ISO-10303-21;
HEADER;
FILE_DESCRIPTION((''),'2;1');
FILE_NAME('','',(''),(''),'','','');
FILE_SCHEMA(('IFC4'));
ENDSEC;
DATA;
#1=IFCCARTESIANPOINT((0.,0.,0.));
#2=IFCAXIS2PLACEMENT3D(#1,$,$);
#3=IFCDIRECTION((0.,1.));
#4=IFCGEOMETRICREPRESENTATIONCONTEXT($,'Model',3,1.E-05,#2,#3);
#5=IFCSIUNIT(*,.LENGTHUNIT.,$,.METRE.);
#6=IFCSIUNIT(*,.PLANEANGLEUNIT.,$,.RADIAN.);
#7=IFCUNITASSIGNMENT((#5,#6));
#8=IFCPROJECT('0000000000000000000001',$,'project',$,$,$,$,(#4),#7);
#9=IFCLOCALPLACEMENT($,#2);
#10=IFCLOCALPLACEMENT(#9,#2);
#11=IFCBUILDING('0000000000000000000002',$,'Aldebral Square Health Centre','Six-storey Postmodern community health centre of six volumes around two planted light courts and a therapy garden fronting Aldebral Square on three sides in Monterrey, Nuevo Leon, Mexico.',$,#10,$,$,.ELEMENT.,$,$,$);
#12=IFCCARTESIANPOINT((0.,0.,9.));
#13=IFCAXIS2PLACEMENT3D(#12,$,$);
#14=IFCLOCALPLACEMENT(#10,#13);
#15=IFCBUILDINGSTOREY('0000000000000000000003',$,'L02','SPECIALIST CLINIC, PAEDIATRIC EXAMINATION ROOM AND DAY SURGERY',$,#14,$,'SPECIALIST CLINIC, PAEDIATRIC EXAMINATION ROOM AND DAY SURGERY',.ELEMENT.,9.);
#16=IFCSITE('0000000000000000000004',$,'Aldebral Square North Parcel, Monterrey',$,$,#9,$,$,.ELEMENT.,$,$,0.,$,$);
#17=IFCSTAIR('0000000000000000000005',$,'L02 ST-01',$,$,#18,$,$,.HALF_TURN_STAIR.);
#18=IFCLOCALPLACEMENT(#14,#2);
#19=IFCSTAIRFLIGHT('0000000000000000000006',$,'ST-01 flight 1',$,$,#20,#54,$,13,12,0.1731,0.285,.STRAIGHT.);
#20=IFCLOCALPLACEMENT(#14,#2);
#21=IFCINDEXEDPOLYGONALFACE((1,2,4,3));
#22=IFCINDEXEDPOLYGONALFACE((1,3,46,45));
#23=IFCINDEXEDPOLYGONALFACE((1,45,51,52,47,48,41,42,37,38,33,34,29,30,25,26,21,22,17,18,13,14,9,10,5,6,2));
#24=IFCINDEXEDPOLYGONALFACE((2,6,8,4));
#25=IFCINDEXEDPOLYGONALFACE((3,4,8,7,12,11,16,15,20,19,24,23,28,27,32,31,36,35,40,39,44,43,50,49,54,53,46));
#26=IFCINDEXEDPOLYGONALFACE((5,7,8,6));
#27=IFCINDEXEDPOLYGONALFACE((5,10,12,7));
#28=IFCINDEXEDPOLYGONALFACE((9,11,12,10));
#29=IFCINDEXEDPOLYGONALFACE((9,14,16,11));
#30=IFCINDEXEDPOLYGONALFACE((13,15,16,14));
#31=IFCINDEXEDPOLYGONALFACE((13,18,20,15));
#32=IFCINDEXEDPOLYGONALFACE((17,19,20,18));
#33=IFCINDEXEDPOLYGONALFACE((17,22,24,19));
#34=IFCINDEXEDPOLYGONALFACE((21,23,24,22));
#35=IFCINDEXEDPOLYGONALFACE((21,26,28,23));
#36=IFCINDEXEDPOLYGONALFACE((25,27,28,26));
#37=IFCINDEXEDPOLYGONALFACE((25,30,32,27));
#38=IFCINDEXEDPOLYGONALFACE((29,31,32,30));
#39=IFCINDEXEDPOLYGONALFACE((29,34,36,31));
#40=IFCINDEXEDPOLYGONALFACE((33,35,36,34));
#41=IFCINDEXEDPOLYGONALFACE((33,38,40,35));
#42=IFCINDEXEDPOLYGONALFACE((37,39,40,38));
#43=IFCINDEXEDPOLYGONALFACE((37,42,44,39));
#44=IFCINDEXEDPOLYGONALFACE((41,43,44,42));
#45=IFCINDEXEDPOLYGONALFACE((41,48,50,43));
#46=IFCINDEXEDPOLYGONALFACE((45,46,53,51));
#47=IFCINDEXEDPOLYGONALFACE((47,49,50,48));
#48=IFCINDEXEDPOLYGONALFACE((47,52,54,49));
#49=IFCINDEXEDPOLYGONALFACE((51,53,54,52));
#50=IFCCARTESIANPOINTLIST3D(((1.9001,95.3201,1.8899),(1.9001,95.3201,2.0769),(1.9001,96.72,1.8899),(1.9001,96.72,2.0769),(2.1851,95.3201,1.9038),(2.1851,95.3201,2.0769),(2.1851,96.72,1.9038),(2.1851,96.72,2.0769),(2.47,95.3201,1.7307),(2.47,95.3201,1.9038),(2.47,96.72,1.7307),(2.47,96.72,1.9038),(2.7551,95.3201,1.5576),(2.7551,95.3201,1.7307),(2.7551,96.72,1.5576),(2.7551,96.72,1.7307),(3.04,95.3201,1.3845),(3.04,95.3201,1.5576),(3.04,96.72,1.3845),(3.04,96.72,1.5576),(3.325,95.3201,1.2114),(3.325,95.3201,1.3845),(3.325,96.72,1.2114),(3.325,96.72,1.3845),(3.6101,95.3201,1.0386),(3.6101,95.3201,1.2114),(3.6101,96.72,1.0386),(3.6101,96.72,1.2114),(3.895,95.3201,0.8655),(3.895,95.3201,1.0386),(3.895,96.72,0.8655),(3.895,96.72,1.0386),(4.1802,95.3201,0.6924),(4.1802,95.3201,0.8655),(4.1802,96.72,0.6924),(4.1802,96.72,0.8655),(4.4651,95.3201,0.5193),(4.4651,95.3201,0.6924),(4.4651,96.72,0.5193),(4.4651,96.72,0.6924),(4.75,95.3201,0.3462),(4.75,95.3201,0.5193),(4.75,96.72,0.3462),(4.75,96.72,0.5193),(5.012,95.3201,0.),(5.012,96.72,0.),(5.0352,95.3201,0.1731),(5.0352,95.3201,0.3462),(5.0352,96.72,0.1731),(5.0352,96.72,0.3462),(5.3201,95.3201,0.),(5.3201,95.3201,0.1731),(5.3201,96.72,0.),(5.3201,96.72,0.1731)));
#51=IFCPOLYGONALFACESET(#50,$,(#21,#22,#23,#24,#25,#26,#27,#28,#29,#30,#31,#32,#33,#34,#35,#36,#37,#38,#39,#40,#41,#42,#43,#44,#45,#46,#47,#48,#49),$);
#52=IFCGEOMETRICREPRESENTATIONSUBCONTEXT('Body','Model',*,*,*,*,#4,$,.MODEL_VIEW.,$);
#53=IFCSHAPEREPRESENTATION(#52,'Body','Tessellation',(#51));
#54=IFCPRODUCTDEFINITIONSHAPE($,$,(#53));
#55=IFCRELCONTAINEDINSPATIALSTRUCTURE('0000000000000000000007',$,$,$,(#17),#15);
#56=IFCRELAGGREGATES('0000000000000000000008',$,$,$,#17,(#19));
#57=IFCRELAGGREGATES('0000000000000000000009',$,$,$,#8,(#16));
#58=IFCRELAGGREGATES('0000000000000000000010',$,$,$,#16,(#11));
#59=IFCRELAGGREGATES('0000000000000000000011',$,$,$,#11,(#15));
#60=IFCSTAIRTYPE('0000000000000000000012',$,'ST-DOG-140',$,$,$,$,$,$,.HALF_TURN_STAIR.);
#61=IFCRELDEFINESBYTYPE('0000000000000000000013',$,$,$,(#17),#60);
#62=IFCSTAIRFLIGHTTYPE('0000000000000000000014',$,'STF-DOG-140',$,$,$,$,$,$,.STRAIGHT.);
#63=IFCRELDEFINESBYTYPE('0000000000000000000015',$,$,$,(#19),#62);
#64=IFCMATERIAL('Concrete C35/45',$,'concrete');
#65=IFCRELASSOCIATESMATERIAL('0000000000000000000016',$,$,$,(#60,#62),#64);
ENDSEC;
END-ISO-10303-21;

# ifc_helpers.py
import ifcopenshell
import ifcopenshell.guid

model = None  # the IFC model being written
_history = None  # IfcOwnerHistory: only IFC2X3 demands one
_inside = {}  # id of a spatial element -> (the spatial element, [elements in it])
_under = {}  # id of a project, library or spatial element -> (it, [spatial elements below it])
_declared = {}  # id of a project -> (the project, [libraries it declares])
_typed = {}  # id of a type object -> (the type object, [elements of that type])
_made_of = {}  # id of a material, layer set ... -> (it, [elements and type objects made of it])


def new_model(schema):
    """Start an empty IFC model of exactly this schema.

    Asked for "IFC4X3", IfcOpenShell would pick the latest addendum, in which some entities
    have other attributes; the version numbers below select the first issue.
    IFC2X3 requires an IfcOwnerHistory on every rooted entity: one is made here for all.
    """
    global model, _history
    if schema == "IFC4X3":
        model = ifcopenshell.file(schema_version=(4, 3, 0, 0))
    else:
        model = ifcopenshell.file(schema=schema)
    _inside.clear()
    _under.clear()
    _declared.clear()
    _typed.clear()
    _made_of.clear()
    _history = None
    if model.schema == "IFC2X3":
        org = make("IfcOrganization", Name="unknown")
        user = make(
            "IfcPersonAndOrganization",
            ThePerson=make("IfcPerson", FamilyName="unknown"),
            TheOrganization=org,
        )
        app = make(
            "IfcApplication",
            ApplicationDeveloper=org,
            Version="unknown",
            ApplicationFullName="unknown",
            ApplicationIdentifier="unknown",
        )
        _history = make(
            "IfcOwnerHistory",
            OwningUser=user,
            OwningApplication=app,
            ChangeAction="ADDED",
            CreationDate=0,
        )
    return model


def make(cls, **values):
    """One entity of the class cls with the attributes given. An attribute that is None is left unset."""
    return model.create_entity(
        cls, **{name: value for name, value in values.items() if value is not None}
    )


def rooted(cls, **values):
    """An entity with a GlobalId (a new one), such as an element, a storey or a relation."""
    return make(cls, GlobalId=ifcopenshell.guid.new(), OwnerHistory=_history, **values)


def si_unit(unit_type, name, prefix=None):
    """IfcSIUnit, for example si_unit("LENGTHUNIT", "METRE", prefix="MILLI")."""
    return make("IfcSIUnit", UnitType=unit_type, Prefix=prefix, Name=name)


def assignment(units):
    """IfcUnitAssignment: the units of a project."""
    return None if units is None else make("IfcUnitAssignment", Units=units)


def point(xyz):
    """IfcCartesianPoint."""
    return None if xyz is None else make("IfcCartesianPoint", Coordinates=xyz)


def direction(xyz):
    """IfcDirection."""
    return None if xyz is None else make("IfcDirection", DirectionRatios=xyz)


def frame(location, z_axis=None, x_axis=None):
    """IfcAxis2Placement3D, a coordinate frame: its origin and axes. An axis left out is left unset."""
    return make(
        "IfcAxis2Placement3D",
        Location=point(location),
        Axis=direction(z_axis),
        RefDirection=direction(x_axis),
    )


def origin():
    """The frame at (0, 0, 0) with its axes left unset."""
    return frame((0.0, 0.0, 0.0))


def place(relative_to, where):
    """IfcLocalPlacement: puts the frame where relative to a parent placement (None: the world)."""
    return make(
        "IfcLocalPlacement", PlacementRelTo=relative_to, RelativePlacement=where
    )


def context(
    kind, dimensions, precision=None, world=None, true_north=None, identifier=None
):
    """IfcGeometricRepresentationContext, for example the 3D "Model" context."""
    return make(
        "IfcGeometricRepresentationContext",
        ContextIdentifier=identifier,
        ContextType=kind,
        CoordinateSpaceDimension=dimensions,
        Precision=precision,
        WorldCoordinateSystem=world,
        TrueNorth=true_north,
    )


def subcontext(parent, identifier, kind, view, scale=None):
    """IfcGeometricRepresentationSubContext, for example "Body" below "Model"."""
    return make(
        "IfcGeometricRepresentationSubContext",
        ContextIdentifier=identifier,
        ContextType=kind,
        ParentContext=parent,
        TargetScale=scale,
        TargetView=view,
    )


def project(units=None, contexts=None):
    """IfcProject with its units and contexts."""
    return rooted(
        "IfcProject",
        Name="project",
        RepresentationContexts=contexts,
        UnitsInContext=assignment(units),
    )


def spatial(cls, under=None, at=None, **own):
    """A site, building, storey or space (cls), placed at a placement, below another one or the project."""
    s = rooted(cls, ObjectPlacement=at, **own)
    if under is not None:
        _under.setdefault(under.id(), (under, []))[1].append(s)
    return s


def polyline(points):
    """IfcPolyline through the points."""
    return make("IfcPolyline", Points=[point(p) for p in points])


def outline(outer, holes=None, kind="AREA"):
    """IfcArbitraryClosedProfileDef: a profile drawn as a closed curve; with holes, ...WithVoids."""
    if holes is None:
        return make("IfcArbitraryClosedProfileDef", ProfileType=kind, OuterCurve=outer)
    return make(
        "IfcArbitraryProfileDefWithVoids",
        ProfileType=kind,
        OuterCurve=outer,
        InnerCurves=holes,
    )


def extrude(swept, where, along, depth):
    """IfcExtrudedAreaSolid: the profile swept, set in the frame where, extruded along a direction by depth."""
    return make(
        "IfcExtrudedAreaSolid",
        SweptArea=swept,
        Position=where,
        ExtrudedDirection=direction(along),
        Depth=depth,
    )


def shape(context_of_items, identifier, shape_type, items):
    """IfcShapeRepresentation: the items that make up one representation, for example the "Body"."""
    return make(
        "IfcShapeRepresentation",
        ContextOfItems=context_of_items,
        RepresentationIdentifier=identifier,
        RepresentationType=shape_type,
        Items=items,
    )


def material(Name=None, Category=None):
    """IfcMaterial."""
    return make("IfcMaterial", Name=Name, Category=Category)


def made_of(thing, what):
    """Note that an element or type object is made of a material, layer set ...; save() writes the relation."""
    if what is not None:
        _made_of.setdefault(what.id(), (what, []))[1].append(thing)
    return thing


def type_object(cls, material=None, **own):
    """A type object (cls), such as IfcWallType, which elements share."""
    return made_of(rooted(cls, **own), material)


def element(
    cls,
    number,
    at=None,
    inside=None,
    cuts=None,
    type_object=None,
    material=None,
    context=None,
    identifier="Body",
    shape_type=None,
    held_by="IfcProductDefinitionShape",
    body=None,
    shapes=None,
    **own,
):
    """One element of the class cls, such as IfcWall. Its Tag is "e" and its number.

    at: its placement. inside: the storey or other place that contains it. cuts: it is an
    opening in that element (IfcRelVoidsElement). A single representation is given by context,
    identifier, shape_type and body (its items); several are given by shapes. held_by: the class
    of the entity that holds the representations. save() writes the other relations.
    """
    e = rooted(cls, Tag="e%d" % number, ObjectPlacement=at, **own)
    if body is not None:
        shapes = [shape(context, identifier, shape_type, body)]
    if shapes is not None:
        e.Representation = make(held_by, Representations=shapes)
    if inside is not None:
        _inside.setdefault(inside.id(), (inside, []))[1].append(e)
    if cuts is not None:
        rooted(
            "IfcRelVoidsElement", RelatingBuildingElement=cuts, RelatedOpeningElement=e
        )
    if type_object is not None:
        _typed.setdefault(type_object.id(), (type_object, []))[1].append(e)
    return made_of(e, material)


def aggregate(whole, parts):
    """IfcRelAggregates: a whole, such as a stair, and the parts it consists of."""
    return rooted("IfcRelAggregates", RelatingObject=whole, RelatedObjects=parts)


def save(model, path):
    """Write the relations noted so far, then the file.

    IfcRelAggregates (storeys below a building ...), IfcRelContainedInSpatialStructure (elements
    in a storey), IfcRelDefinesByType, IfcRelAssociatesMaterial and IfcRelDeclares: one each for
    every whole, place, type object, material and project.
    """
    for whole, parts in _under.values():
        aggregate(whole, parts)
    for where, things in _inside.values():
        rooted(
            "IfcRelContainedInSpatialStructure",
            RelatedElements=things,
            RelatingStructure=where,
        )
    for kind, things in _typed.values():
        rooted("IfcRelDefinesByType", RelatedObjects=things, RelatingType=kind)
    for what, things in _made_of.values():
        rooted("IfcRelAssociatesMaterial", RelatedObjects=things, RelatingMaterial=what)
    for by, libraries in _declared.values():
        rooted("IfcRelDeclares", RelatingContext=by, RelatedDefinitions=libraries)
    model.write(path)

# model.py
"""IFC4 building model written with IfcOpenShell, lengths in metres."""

from ifc_helpers import new_model, si_unit, direction, frame, origin, place, context, subcontext, project, spatial, polyline, outline, extrude, material, type_object, element, aggregate, save


model = new_model("IFC4")

# Units and contexts
model_context = context("Model", 3, precision=1e-05, world=origin(), true_north=direction((0.0, 1.0)))
body_context = subcontext(model_context, "Body", "Model", "MODEL_VIEW")
ifc_project = project(units=[si_unit("LENGTHUNIT", "METRE"), si_unit("PLANEANGLEUNIT", "RADIAN")], contexts=[model_context])

# Site, building, storey
site_placement = place(None, origin())
site = spatial("IfcSite", under=ifc_project, at=site_placement, Name="Aldebral Square North Parcel, Monterrey", CompositionType="ELEMENT", RefElevation=0.0)
building_placement = place(site_placement, origin())
building = spatial("IfcBuilding", under=site, at=building_placement, Name="Aldebral Square Health Centre", Description="Six-storey Postmodern community health centre of six volumes around two planted light courts and a therapy garden fronting Aldebral Square on three sides in Monterrey, Nuevo Leon, Mexico.", CompositionType="ELEMENT")
storey_placement = place(building_placement, frame((0.0, 0.0, 9.0)))
storey = spatial("IfcBuildingStorey", under=building, at=storey_placement, Name="L02", Description="SPECIALIST CLINIC, PAEDIATRIC EXAMINATION ROOM AND DAY SURGERY", LongName="SPECIALIST CLINIC, PAEDIATRIC EXAMINATION ROOM AND DAY SURGERY", CompositionType="ELEMENT", Elevation=9.0)

# Stair, stair flight
ifc_material_1 = material(Name="Concrete C35/45", Category="concrete")
stair_type = type_object("IfcStairType", Name="ST-DOG-140", PredefinedType="HALF_TURN_STAIR", material=ifc_material_1)
stair_placement = place(storey_placement, origin())
stair = element("IfcStair", 1, at=stair_placement, inside=storey, type_object=stair_type, Name="L02 ST-01", PredefinedType="HALF_TURN_STAIR")
stair_flight_type = type_object("IfcStairFlightType", Name="STF-DOG-140", PredefinedType="STRAIGHT", material=ifc_material_1)
stair_flight_placement = place(storey_placement, frame((5.3201, 96.02, 0.0), z_axis=(0.0, 0.0, 1.0), x_axis=(-1.0, 0.0, 0.0)))
stair_flight = element("IfcStairFlight", 2, at=stair_flight_placement, type_object=stair_flight_type, Name="ST-01 flight 1", NumberOfRisers=13, NumberOfTreads=12, PredefinedType="STRAIGHT", RiserHeight=0.1731, TreadLength=0.285, context=body_context, shape_type="SweptSolid", body=[
    extrude(outline(polyline([(0.0, 0.0), (0.0, 0.1731), (0.2849, 0.1731), (0.2849, 0.3462), (0.5701, 0.3462), (0.5701, 0.5193), (0.855, 0.5193), (0.855, 0.6924), (1.1399, 0.6924), (1.1399, 0.8655), (1.425, 0.8655), (1.425, 1.0386), (1.71, 1.0386), (1.71, 1.2114), (1.9951, 1.2114), (1.9951, 1.3845), (2.28, 1.3845), (2.28, 1.5576), (2.5649, 1.5576), (2.5649, 1.7307), (2.8501, 1.7307), (2.8501, 1.9038), (3.135, 1.9038), (3.135, 2.0769), (3.4199, 2.0769), (3.4199, 2.25), (3.4199, 1.8899), (0.3081, 0.0), (0.0, 0.0)])), frame((0.0, 0.7, 0.0), z_axis=(0.0, -1.0, 0.0), x_axis=(1.0, 0.0, 0.0)), (0.0, 0.0, 1.0), 1.3999),
])
aggregate(stair, [stair_flight])

save(model, "model.ifc")
